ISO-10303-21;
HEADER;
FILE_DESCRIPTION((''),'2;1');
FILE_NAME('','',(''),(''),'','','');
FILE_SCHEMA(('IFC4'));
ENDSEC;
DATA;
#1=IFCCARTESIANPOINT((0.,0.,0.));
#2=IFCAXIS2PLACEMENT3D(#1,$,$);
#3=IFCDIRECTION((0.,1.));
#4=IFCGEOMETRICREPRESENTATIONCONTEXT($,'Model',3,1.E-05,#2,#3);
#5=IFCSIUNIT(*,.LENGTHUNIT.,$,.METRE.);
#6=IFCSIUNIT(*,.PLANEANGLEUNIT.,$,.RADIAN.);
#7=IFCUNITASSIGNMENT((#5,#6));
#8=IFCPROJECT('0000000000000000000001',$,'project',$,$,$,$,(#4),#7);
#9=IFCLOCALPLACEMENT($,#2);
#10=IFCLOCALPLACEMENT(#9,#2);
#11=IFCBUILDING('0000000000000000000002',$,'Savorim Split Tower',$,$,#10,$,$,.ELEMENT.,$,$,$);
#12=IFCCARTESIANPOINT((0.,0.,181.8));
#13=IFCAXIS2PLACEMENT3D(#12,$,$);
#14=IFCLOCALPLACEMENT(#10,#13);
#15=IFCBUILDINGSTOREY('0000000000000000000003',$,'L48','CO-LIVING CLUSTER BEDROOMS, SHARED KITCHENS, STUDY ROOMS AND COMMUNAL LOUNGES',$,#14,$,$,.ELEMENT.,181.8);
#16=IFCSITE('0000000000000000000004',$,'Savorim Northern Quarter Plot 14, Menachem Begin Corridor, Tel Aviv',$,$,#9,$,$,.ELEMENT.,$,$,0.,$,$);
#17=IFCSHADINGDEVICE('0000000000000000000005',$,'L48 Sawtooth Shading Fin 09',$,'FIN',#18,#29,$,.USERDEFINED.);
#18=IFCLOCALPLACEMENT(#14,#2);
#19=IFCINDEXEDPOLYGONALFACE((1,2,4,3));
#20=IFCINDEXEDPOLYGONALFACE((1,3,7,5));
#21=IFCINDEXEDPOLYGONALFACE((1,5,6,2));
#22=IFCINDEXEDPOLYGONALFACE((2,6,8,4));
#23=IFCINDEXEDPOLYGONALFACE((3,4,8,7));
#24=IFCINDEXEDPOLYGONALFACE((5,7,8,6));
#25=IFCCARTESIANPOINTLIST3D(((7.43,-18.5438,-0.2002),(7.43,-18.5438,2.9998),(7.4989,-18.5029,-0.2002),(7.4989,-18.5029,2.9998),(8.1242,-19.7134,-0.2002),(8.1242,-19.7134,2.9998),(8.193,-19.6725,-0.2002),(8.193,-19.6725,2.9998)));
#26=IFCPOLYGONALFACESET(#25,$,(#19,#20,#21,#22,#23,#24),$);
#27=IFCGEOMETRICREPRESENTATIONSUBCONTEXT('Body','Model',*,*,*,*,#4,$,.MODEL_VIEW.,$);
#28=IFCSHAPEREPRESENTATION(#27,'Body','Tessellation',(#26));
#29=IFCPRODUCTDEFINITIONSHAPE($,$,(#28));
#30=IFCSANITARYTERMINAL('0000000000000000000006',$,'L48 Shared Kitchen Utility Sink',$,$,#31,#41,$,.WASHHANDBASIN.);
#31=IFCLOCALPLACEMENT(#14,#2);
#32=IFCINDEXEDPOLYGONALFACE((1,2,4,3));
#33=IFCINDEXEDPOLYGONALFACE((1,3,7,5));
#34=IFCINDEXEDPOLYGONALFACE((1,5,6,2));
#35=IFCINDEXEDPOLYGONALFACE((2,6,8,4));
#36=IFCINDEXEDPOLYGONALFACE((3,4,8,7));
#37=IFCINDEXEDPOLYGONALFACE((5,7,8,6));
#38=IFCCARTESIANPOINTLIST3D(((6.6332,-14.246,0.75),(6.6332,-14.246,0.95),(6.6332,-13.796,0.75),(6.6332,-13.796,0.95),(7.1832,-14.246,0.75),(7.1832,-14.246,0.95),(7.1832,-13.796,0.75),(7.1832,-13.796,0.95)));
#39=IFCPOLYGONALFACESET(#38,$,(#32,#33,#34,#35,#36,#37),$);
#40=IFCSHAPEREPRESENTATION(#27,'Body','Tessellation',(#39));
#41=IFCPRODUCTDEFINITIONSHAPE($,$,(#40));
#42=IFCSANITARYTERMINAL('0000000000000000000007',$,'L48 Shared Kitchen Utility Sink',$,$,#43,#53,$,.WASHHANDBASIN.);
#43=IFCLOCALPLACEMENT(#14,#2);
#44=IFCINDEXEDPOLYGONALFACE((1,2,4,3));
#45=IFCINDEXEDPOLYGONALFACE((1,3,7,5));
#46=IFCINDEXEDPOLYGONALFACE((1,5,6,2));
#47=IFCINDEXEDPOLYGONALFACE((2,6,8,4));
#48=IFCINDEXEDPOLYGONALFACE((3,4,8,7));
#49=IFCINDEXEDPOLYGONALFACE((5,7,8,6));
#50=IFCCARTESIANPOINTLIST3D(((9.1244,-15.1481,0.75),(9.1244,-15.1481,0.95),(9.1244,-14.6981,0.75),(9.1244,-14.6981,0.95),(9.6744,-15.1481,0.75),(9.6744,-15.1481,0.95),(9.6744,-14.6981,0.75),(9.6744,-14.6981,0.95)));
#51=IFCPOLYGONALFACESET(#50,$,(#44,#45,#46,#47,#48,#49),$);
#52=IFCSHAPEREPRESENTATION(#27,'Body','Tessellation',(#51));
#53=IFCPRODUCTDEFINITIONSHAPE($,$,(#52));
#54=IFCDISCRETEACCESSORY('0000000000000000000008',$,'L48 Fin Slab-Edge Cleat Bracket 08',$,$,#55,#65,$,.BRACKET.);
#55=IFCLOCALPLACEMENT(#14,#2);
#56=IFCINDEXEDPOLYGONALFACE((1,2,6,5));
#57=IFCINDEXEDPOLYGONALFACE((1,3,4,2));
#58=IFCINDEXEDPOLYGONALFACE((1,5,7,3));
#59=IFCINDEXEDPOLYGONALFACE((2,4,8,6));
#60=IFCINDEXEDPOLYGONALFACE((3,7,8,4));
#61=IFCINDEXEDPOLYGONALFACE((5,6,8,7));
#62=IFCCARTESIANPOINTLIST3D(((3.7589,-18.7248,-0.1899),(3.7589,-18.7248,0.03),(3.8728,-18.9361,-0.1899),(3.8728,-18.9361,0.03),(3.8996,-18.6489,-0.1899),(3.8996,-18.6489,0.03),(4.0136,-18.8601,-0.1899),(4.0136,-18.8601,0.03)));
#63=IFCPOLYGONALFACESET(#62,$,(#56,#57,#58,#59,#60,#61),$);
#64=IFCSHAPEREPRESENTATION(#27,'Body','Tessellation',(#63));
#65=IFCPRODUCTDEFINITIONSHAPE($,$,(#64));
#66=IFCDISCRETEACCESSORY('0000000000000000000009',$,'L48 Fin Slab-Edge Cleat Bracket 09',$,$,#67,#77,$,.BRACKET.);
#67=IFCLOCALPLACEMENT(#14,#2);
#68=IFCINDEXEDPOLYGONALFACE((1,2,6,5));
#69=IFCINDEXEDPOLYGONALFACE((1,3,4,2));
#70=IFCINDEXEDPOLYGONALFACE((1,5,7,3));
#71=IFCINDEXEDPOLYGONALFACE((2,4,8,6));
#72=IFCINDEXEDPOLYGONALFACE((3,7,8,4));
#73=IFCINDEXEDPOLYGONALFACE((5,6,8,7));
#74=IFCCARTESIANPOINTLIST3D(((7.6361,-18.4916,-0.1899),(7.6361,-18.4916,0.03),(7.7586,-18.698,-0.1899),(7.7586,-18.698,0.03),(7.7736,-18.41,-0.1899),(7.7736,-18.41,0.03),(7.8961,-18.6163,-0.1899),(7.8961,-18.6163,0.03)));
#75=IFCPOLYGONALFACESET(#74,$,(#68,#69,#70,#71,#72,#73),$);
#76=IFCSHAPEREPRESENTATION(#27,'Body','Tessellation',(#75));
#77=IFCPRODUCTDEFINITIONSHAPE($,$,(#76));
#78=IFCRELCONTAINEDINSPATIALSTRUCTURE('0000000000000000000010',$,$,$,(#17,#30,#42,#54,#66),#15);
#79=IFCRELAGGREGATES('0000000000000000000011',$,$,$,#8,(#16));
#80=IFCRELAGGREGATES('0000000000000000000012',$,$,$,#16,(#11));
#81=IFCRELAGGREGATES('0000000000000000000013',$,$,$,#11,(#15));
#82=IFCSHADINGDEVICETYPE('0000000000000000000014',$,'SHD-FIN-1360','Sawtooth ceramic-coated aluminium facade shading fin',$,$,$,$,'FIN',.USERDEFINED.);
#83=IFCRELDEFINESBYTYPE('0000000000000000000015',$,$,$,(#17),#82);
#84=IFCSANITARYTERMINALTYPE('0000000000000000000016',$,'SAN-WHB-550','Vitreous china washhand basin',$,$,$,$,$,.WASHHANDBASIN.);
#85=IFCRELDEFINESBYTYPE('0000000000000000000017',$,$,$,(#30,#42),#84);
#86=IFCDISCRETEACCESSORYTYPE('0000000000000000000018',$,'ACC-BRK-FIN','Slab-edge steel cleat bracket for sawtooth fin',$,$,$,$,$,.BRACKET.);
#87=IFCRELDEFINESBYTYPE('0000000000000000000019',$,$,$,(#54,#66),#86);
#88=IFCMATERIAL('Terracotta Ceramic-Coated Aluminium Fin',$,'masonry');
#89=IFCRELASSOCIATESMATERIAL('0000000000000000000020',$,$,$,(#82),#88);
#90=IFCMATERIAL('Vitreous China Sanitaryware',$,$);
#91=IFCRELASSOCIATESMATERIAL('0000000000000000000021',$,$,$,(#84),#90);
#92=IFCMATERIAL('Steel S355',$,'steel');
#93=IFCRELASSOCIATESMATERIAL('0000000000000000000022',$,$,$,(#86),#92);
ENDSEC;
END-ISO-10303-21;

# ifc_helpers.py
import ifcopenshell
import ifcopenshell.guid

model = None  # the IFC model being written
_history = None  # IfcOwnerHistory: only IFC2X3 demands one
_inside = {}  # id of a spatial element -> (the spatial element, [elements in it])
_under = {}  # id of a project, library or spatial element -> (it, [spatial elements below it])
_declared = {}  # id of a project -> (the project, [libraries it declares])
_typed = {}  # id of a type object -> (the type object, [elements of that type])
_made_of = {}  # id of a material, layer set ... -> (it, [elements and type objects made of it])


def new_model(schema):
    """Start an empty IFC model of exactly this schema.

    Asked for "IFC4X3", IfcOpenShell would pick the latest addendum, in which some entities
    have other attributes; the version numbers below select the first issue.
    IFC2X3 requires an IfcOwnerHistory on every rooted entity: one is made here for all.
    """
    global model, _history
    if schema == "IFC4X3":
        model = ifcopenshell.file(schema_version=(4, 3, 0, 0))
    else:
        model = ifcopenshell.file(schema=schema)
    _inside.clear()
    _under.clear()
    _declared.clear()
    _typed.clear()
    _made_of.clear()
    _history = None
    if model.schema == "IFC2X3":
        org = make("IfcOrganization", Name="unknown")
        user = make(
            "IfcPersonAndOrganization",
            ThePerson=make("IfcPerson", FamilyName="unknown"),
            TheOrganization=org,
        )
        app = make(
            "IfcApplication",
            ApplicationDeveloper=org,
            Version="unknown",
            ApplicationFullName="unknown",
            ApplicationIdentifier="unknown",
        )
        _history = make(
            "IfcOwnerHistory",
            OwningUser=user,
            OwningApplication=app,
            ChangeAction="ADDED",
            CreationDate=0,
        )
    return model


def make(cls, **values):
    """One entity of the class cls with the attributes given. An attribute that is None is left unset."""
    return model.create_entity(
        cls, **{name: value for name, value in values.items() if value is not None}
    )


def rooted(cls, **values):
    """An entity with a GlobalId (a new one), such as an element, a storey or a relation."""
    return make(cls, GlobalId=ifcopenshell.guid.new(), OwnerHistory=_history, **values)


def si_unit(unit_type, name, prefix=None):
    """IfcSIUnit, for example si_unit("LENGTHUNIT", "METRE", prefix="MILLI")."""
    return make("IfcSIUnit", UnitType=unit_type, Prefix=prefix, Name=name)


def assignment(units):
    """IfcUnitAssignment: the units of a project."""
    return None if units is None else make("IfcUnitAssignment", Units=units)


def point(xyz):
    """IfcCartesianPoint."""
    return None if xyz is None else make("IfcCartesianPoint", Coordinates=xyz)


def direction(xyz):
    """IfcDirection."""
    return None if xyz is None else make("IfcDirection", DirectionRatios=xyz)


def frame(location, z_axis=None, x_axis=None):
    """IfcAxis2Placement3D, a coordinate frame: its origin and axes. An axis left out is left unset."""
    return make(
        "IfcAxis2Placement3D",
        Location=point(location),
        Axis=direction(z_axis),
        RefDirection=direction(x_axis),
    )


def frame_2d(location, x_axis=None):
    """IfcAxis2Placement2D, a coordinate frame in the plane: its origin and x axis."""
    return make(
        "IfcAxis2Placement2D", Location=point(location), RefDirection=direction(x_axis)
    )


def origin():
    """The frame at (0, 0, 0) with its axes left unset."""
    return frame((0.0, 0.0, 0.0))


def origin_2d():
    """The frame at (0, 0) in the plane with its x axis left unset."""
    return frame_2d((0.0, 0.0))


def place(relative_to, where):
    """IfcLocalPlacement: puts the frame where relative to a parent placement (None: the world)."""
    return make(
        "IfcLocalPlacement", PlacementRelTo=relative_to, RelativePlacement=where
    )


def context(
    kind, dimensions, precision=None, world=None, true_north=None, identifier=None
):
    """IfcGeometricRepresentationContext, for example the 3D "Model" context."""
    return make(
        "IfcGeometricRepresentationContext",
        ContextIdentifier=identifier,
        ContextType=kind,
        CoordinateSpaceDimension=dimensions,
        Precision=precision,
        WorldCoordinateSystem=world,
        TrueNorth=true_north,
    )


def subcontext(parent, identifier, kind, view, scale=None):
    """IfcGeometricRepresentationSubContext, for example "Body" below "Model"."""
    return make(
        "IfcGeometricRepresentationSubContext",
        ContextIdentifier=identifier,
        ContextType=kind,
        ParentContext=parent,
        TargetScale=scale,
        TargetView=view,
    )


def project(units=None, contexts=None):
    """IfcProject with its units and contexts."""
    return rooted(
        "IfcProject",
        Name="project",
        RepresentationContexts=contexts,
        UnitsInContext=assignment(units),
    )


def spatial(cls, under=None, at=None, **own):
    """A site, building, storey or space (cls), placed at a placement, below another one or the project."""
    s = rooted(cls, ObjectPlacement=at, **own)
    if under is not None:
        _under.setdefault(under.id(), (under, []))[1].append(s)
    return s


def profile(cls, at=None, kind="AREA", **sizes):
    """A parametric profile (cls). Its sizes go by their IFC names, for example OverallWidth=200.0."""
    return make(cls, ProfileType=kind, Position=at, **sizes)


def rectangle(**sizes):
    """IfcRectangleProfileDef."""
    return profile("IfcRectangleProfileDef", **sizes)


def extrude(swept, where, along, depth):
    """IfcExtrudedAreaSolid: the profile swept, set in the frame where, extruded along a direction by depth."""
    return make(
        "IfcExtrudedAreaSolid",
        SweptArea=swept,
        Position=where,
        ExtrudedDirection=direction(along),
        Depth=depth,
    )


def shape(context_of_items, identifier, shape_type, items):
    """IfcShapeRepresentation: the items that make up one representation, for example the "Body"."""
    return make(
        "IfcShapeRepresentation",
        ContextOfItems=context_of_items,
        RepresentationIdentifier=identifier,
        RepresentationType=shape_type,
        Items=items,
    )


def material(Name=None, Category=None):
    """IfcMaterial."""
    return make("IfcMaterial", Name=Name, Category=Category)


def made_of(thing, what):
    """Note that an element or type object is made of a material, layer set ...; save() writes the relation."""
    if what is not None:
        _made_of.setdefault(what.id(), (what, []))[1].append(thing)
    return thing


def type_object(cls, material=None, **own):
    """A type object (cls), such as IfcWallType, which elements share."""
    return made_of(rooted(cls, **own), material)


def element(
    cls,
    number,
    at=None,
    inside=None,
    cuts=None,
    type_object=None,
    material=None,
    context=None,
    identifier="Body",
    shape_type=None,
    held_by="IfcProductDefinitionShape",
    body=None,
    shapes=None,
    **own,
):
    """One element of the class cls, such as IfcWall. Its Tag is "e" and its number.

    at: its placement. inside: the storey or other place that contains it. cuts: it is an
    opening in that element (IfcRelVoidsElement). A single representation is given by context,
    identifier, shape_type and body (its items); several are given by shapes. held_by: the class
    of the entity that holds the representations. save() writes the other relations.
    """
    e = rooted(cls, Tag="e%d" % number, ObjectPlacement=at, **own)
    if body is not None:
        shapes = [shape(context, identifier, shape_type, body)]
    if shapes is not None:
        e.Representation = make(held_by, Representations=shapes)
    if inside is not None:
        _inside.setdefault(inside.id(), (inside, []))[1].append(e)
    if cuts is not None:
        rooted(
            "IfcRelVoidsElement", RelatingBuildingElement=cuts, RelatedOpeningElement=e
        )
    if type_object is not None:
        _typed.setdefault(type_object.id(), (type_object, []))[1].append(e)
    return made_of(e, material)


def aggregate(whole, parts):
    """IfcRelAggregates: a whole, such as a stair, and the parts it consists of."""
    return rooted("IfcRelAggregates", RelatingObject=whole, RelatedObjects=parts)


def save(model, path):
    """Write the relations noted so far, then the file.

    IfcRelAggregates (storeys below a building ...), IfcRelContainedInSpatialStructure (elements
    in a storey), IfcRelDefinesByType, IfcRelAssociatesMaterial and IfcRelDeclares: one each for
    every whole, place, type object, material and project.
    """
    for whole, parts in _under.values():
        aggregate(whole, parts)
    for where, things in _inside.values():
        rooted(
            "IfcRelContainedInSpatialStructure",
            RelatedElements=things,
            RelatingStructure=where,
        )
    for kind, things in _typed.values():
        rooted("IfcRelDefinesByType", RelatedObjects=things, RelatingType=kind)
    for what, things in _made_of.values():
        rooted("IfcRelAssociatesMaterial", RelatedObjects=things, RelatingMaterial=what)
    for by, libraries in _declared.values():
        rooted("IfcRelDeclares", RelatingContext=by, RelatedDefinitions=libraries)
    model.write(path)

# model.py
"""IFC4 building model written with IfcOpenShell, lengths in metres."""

from ifc_helpers import new_model, si_unit, direction, frame, origin, origin_2d, place, context, subcontext, project, spatial, rectangle, extrude, material, type_object, element, save


model = new_model("IFC4")

# Units and contexts
model_context = context("Model", 3, precision=1e-05, world=origin(), true_north=direction((0.0, 1.0)))
body_context = subcontext(model_context, "Body", "Model", "MODEL_VIEW")
ifc_project = project(units=[si_unit("LENGTHUNIT", "METRE"), si_unit("PLANEANGLEUNIT", "RADIAN")], contexts=[model_context])

# Site, building, storey
site_placement = place(None, origin())
site = spatial("IfcSite", under=ifc_project, at=site_placement, Name="Savorim Northern Quarter Plot 14, Menachem Begin Corridor, Tel Aviv", CompositionType="ELEMENT", RefElevation=0.0)
building_placement = place(site_placement, origin())
building = spatial("IfcBuilding", under=site, at=building_placement, Name="Savorim Split Tower", CompositionType="ELEMENT")
storey_placement = place(building_placement, frame((0.0, 0.0, 181.8)))
storey = spatial("IfcBuildingStorey", under=building, at=storey_placement, Name="L48", Description="CO-LIVING CLUSTER BEDROOMS, SHARED KITCHENS, STUDY ROOMS AND COMMUNAL LOUNGES", CompositionType="ELEMENT", Elevation=181.8)

# Shared definitions
ifc_material_1 = material(Name="Steel S355", Category="steel")

# Shading device
ifc_material_2 = material(Name="Terracotta Ceramic-Coated Aluminium Fin", Category="masonry")
shading_device_type = type_object("IfcShadingDeviceType", Name="SHD-FIN-1360", Description="Sawtooth ceramic-coated aluminium facade shading fin", ElementType="FIN", PredefinedType="USERDEFINED", material=ifc_material_2)
for number, where, z_axis, x_axis, name in (
    (1, (7.8115, -19.1082, -0.2002), (0.0, 0.0, 1.0), (0.510391, -0.859942, 0.0), "L48 Sawtooth Shading Fin 09"),
):
    element("IfcShadingDevice", number, at=place(storey_placement, frame(where, z_axis=z_axis, x_axis=x_axis)), inside=storey, type_object=shading_device_type, Name=name, ObjectType="FIN", PredefinedType="USERDEFINED", context=body_context, shape_type="SweptSolid", body=[
        extrude(rectangle(XDim=1.3601, YDim=0.0801, at=origin_2d()), origin(), (0.0, 0.0, 1.0), 3.2),
    ])

# Sanitary terminals
ifc_material_3 = material(Name="Vitreous China Sanitaryware")
sanitary_terminal_type = type_object("IfcSanitaryTerminalType", Name="SAN-WHB-550", Description="Vitreous china washhand basin", PredefinedType="WASHHANDBASIN", material=ifc_material_3)
for number, where, z_axis, x_axis, name in (
    (2, (6.9082, -14.021, 0.75), (0.0, 0.0, 1.0), (1.0, 0.0, 0.0), "L48 Shared Kitchen Utility Sink"),
    (3, (9.3994, -14.9231, 0.75), (0.0, 0.0, 1.0), (1.0, 0.0, 0.0), "L48 Shared Kitchen Utility Sink"),
):
    element("IfcSanitaryTerminal", number, at=place(storey_placement, frame(where, z_axis=z_axis, x_axis=x_axis)), inside=storey, type_object=sanitary_terminal_type, Name=name, PredefinedType="WASHHANDBASIN", context=body_context, shape_type="SweptSolid", body=[
        extrude(rectangle(XDim=0.55, YDim=0.45, at=origin_2d()), origin(), (0.0, 0.0, 1.0), 0.2),
    ])

# Discrete accessories
discrete_accessory_type = type_object("IfcDiscreteAccessoryType", Name="ACC-BRK-FIN", Description="Slab-edge steel cleat bracket for sawtooth fin", PredefinedType="BRACKET", material=ifc_material_1)
for number, where, z_axis, x_axis, name in (
    (4, (3.8862, -18.7925, -0.1899), (0.0, 0.0, 1.0), (0.474778, -0.880106, 0.0), "L48 Fin Slab-Edge Cleat Bracket 08"),
    (5, (7.7661, -18.554, -0.1899), (0.0, 0.0, 1.0), (0.510391, -0.859942, 0.0), "L48 Fin Slab-Edge Cleat Bracket 09"),
):
    element("IfcDiscreteAccessory", number, at=place(storey_placement, frame(where, z_axis=z_axis, x_axis=x_axis)), inside=storey, type_object=discrete_accessory_type, Name=name, PredefinedType="BRACKET", context=body_context, shape_type="SweptSolid", body=[
        extrude(rectangle(XDim=0.24, YDim=0.1599, at=origin_2d()), origin(), (0.0, 0.0, 1.0), 0.22),
    ])

save(model, "model.ifc")
